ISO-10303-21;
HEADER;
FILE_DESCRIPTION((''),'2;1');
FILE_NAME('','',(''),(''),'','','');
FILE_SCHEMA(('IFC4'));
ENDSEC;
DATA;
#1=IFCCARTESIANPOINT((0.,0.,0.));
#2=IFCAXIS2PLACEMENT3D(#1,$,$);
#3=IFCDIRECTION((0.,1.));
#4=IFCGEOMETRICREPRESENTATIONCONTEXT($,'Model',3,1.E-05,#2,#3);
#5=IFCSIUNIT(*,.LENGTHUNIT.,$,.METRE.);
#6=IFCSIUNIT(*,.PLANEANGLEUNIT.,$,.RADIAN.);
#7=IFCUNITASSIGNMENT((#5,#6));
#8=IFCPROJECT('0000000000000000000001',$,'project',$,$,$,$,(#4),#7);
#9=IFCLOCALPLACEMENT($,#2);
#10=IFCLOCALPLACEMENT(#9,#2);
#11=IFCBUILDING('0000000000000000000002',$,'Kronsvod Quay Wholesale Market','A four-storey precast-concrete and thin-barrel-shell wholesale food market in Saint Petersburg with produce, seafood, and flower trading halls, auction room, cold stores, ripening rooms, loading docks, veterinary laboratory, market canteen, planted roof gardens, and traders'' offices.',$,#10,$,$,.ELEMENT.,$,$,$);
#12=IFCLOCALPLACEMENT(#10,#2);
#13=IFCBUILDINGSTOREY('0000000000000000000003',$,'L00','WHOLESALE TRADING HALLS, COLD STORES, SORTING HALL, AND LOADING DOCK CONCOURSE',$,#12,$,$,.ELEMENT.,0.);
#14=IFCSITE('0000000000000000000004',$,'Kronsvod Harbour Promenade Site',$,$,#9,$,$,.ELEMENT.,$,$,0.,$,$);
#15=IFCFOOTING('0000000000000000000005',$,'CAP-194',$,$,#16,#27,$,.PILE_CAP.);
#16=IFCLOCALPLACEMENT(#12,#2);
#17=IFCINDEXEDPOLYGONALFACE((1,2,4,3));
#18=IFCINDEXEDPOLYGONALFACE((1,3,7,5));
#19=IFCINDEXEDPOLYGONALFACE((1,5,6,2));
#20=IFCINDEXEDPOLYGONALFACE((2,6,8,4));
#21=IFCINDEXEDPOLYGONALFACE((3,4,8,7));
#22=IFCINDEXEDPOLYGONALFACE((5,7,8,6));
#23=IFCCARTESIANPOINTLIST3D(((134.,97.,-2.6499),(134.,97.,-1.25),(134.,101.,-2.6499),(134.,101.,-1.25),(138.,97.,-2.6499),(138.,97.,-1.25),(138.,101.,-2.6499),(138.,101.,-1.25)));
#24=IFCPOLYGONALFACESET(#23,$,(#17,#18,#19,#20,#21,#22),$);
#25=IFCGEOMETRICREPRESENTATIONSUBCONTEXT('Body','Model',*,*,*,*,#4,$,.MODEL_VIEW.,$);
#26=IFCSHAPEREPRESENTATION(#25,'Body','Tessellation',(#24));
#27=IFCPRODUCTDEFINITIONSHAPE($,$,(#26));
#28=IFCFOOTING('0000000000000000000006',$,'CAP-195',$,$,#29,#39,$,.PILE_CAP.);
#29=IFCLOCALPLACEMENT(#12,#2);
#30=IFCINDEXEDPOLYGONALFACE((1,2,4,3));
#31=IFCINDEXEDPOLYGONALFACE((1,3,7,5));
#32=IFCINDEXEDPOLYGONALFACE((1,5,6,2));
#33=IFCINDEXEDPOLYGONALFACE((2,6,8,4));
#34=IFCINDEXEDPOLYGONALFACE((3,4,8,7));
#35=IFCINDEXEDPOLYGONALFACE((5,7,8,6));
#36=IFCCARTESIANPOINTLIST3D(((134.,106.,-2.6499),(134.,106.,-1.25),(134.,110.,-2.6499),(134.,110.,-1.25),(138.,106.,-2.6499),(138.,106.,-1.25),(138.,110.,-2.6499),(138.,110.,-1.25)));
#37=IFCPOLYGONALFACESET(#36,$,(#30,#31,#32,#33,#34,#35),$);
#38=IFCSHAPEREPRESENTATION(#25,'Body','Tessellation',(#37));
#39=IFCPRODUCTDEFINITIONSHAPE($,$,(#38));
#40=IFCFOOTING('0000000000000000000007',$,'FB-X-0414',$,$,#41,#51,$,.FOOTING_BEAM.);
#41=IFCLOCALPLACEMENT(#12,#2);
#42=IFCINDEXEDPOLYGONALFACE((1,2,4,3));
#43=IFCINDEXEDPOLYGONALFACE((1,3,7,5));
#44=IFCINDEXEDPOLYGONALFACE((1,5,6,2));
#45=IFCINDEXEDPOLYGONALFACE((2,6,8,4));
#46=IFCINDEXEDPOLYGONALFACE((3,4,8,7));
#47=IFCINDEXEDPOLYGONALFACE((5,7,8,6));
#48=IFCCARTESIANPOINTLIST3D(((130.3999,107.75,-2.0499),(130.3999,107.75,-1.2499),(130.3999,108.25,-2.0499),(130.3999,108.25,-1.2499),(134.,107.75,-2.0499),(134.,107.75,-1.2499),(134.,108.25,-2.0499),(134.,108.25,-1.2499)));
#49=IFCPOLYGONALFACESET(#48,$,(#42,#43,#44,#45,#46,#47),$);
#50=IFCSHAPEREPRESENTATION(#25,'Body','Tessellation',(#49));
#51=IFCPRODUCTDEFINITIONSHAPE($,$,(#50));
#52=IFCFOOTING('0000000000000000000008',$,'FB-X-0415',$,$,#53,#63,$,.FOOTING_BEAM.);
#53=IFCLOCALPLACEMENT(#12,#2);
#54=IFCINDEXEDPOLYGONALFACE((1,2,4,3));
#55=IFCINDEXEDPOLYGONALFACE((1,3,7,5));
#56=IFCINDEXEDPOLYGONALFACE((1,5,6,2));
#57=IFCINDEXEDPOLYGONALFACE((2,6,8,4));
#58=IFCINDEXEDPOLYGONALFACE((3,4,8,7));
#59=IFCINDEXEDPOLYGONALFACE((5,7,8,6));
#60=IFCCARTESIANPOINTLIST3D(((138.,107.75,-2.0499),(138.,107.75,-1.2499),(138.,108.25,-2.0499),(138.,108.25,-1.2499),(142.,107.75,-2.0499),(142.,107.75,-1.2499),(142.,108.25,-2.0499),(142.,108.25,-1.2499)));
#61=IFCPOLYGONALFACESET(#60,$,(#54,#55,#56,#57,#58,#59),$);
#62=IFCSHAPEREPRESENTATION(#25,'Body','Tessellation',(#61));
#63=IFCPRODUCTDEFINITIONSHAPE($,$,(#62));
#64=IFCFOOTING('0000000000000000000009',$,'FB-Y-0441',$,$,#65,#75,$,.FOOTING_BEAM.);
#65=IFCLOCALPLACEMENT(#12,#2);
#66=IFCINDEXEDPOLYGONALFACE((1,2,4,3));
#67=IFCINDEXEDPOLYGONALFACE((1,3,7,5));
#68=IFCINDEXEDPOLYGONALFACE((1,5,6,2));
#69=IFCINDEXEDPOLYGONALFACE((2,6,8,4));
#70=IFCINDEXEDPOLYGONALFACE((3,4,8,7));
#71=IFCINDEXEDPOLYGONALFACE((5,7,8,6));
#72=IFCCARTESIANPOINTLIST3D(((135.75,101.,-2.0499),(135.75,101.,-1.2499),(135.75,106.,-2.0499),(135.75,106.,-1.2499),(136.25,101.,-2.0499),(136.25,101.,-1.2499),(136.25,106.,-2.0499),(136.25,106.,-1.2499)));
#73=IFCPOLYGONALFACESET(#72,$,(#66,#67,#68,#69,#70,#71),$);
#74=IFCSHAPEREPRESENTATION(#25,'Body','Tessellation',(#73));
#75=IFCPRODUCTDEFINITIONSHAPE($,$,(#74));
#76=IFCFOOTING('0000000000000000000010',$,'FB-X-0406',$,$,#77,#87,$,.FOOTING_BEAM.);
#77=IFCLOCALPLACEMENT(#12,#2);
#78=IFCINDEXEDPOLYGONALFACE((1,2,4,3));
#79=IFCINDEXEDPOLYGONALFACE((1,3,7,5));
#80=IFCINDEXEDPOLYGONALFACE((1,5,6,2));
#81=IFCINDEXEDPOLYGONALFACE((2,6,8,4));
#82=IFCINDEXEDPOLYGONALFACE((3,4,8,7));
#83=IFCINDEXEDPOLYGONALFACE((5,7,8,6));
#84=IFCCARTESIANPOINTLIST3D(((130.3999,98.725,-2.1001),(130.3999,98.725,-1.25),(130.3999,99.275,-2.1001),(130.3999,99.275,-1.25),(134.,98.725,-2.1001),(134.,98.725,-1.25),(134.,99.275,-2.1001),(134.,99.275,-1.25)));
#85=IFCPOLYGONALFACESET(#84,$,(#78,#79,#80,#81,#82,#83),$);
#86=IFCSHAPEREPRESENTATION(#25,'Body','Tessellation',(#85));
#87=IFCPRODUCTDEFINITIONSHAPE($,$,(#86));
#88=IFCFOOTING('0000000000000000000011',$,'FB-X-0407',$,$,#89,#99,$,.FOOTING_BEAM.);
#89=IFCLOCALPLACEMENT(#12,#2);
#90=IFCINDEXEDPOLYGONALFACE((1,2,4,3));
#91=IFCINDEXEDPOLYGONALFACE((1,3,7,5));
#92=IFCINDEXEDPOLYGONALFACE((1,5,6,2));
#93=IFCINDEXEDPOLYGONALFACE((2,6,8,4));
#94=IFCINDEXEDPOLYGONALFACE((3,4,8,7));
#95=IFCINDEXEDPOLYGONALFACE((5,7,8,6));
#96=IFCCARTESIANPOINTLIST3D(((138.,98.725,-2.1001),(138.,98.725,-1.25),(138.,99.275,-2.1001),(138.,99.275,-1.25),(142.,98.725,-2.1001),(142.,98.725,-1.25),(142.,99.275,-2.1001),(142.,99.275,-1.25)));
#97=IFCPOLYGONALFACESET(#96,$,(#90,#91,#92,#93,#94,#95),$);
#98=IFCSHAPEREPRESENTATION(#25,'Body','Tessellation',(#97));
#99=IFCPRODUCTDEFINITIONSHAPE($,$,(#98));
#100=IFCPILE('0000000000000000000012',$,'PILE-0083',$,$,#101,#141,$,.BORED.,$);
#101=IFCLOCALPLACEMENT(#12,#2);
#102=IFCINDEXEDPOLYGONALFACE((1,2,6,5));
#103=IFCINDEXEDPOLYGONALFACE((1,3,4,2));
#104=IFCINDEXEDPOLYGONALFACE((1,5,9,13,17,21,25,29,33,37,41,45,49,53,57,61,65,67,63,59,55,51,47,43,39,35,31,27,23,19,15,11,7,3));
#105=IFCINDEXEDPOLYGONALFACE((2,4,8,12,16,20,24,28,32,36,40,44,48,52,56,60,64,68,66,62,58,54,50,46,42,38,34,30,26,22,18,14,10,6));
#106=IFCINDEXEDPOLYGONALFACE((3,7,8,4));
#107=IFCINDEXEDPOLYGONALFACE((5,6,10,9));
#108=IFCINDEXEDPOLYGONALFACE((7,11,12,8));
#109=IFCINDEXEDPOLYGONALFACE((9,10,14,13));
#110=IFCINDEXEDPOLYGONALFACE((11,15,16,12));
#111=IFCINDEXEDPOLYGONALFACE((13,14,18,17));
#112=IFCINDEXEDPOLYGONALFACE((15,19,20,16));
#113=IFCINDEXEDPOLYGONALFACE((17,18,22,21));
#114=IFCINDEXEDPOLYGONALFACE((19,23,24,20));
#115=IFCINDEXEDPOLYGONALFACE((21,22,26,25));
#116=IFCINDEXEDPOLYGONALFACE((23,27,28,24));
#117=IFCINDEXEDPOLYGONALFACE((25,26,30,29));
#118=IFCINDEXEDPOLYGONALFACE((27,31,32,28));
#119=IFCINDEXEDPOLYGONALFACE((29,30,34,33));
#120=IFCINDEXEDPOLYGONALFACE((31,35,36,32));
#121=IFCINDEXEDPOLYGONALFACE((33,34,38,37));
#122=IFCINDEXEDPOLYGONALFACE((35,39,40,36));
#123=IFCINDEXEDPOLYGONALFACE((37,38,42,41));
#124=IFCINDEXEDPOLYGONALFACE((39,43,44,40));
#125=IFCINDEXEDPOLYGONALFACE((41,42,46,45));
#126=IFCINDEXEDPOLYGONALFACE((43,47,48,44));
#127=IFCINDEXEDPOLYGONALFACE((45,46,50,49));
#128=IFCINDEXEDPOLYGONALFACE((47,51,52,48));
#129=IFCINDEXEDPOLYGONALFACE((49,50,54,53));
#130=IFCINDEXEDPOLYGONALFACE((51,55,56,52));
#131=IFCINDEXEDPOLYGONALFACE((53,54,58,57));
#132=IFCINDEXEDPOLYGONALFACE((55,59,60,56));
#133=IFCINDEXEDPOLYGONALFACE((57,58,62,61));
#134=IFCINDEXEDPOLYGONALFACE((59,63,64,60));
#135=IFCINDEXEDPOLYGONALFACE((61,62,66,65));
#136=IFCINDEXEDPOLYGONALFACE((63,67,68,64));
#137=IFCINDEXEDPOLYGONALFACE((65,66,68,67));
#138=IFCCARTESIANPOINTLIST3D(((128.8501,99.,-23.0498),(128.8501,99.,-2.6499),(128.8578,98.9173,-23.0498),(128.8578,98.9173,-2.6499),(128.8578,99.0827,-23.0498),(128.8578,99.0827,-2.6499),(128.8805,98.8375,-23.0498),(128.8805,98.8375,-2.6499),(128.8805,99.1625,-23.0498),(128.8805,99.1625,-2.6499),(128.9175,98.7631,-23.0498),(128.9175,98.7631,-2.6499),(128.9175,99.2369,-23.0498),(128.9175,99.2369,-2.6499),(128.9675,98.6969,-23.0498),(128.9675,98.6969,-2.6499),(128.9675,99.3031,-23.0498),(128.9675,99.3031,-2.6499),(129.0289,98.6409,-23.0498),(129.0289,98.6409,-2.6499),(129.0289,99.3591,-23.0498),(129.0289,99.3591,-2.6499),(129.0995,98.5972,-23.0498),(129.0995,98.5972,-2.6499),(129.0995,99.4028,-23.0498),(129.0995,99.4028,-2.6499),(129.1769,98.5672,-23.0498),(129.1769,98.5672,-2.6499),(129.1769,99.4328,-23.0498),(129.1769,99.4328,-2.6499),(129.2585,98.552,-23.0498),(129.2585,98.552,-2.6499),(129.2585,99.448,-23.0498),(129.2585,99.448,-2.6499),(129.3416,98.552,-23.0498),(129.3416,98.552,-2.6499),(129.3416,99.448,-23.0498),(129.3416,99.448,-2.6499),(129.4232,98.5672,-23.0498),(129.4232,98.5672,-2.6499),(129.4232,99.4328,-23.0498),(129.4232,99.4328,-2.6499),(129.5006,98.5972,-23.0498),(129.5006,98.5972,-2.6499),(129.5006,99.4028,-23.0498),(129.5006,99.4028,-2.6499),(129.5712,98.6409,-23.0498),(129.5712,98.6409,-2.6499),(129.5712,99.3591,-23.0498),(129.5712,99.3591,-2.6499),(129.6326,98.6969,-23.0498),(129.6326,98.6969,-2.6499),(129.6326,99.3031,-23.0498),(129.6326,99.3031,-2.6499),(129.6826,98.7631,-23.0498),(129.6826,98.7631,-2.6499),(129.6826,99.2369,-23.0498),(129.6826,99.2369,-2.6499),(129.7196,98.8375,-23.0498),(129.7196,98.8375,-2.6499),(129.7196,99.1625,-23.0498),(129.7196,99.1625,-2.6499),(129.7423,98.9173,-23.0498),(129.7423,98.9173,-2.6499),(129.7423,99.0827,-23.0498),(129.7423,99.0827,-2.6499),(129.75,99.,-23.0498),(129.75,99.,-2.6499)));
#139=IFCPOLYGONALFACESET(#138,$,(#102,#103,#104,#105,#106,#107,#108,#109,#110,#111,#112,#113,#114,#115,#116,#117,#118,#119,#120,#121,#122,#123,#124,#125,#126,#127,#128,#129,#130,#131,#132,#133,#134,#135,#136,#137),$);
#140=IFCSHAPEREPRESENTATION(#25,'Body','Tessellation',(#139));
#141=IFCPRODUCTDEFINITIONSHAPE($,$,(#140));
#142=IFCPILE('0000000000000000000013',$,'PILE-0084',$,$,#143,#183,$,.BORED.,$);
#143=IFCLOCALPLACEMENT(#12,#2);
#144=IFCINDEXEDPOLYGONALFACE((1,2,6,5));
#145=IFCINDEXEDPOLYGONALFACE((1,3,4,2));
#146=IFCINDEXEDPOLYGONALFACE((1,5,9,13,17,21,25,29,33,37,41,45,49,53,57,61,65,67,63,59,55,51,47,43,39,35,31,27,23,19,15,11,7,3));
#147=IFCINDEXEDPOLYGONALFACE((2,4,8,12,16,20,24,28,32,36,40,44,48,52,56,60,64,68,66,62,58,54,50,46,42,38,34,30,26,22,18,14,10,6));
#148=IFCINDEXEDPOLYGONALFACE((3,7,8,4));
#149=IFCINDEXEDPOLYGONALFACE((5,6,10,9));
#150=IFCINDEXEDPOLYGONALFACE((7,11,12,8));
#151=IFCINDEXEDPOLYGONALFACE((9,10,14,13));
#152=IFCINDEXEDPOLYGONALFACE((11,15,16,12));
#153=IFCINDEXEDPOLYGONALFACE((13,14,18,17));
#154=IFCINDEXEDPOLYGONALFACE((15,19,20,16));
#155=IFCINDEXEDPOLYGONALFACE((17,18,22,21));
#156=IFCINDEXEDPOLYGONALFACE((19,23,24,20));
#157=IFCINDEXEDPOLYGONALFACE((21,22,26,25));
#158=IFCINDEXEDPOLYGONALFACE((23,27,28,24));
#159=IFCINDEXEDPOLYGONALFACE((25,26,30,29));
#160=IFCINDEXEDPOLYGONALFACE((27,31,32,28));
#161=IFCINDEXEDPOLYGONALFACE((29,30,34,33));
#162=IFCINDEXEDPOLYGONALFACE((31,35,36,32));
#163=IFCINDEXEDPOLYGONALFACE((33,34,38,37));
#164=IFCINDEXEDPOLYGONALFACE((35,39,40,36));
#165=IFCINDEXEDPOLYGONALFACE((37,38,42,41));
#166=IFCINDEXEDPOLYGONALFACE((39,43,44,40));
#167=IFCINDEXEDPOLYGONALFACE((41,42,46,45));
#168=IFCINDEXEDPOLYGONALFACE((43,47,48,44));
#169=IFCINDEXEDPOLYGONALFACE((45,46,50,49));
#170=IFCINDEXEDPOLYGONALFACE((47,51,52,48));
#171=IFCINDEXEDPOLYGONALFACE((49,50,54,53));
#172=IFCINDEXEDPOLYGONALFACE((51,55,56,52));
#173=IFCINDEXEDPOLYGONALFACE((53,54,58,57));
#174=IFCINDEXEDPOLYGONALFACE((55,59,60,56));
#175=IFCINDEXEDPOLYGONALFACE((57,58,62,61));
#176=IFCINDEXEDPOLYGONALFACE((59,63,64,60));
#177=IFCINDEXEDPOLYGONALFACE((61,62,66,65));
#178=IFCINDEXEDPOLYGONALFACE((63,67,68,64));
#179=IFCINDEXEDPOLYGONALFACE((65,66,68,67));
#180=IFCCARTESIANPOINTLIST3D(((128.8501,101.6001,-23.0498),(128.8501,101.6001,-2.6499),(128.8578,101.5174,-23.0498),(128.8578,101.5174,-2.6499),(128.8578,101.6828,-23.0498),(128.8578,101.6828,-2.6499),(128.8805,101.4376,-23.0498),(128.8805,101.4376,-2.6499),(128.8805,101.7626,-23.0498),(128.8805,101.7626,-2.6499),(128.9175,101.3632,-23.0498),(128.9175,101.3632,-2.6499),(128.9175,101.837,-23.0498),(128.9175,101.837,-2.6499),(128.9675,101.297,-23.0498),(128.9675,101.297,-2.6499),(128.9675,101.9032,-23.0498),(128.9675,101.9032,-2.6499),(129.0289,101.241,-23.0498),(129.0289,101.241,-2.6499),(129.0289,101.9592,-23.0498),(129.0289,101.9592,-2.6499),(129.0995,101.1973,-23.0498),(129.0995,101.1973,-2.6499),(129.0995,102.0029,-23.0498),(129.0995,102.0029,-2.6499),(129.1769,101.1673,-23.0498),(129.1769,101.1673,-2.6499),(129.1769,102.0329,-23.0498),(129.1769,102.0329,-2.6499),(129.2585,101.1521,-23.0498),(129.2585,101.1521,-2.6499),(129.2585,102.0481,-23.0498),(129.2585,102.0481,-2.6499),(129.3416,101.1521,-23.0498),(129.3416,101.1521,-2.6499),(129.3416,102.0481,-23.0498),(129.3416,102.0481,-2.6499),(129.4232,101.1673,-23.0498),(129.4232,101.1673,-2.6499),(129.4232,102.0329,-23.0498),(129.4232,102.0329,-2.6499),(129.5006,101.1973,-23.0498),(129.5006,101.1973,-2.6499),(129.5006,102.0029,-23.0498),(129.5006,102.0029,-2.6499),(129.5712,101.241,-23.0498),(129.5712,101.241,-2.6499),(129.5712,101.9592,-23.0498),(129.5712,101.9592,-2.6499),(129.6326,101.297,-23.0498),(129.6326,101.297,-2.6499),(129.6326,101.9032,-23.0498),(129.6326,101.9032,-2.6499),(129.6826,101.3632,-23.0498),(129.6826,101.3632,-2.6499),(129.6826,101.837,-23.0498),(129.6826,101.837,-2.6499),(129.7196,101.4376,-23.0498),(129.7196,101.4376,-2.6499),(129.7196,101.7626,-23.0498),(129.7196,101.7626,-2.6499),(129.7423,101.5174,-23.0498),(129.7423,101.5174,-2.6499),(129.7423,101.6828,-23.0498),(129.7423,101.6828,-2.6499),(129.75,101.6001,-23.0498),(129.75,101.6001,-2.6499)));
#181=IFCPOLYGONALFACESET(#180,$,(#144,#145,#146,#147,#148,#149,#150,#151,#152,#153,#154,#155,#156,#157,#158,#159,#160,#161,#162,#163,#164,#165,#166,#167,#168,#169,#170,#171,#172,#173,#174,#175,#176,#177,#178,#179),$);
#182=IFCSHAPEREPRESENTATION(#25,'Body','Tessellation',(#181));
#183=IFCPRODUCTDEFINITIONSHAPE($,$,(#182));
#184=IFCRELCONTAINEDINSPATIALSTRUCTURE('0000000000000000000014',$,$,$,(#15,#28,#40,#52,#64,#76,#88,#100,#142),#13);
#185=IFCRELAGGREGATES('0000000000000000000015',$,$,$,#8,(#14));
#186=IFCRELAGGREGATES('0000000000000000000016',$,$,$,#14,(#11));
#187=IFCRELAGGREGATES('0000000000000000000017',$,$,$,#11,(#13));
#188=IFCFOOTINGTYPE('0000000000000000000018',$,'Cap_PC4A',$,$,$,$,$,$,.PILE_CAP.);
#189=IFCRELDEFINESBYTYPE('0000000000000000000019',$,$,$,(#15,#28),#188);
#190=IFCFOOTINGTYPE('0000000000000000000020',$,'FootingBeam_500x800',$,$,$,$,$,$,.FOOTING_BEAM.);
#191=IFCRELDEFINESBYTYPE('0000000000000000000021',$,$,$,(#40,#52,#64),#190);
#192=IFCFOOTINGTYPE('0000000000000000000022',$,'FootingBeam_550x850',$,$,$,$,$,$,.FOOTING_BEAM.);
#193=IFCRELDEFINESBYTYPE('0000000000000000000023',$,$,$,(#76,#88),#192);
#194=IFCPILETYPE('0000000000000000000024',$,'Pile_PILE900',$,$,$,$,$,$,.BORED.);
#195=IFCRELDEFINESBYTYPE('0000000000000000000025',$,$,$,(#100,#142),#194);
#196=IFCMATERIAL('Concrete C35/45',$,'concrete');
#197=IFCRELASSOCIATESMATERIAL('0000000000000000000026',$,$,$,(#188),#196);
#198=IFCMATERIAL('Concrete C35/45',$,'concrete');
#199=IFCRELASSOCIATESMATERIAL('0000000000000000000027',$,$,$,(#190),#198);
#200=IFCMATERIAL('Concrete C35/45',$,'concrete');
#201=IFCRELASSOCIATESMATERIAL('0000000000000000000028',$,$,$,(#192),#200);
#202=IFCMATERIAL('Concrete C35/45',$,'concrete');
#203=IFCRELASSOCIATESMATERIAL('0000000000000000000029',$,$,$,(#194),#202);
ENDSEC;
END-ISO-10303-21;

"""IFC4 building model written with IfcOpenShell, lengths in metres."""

from ifc_helpers import new_model, si_unit, direction, frame, origin, origin_2d, place, context, subcontext, project, spatial, rectangle, circle, extrude, material, material_profile, profile_set, type_object, element, save


model = new_model("IFC4")

# Units and contexts
model_context = context("Model", 3, precision=1e-05, world=origin(), true_north=direction((0.0, 1.0)))
body_context = subcontext(model_context, "Body", "Model", "MODEL_VIEW")
ifc_project = project(units=[si_unit("LENGTHUNIT", "METRE"), si_unit("PLANEANGLEUNIT", "RADIAN")], contexts=[model_context])

# Site, building, storey
site_placement = place(None, origin())
site = spatial("IfcSite", under=ifc_project, at=site_placement, Name="Kronsvod Harbour Promenade Site", CompositionType="ELEMENT", RefElevation=0.0)
building_placement = place(site_placement, origin())
building = spatial("IfcBuilding", under=site, at=building_placement, Name="Kronsvod Quay Wholesale Market", Description="A four-storey precast-concrete and thin-barrel-shell wholesale food market in Saint Petersburg with produce, seafood, and flower trading halls, auction room, cold stores, ripening rooms, loading docks, veterinary laboratory, market canteen, planted roof gardens, and traders' offices.", CompositionType="ELEMENT")
storey_placement = place(building_placement, origin())
storey = spatial("IfcBuildingStorey", under=building, at=storey_placement, Name="L00", Description="WHOLESALE TRADING HALLS, COLD STORES, SORTING HALL, AND LOADING DOCK CONCOURSE", CompositionType="ELEMENT", Elevation=0.0)

# Footings
ifc_material_1 = material(Name="Concrete C35/45", Category="concrete")
footing_type_1 = type_object("IfcFootingType", Name="Cap_PC4A", PredefinedType="PILE_CAP", material=ifc_material_1)
for number, where, z_axis, x_axis, name in (
    (1, (136.0, 99.0, -2.6499), (0.0, 0.0, 1.0), (1.0, 0.0, 0.0), "CAP-194"),
    (2, (136.0, 108.0, -2.6499), (0.0, 0.0, 1.0), (1.0, 0.0, 0.0), "CAP-195"),
):
    element("IfcFooting", number, at=place(storey_placement, frame(where, z_axis=z_axis, x_axis=x_axis)), inside=storey, type_object=footing_type_1, Name=name, PredefinedType="PILE_CAP", context=body_context, shape_type="SweptSolid", body=[
        extrude(rectangle(XDim=4.0, YDim=4.0, at=origin_2d()), origin(), (0.0, 0.0, 1.0), 1.3999),
    ])
ifc_material_2 = material(Name="Concrete C35/45", Category="concrete")
ifc_material_profile_1 = material_profile(ifc_material_2, rectangle(XDim=0.5, YDim=0.8, at=origin_2d()), Name="FB-01")
ifc_profile_set_1 = profile_set([ifc_material_profile_1], Name="Concrete C35/45")
footing_type_2 = type_object("IfcFootingType", Name="FootingBeam_500x800", PredefinedType="FOOTING_BEAM", material=ifc_profile_set_1)
footing_1_placement = place(storey_placement, frame((130.3999, 108.0, -1.6499), z_axis=(1.0, 0.0, 0.0), x_axis=(0.0, 1.0, 0.0)))
element("IfcFooting", 3, at=footing_1_placement, inside=storey, type_object=footing_type_2, Name="FB-X-0414", PredefinedType="FOOTING_BEAM", context=body_context, shape_type="SweptSolid", body=[
    extrude(rectangle(XDim=0.5, YDim=0.8, at=origin_2d()), origin(), (0.0, 0.0, 1.0), 3.6001),
])
footing_2_placement = place(storey_placement, frame((138.0, 108.0, -1.6499), z_axis=(1.0, 0.0, 0.0), x_axis=(0.0, 1.0, 0.0)))
element("IfcFooting", 4, at=footing_2_placement, inside=storey, type_object=footing_type_2, Name="FB-X-0415", PredefinedType="FOOTING_BEAM", context=body_context, shape_type="SweptSolid", body=[
    extrude(rectangle(XDim=0.5, YDim=0.8, at=origin_2d()), origin(), (0.0, 0.0, 1.0), 4.0),
])
footing_3_placement = place(storey_placement, frame((136.0, 101.0, -1.6499), z_axis=(0.0, 1.0, 0.0), x_axis=(-1.0, 0.0, 0.0)))
element("IfcFooting", 5, at=footing_3_placement, inside=storey, type_object=footing_type_2, Name="FB-Y-0441", PredefinedType="FOOTING_BEAM", context=body_context, shape_type="SweptSolid", body=[
    extrude(rectangle(XDim=0.5, YDim=0.8, at=origin_2d()), origin(), (0.0, 0.0, 1.0), 5.0),
])
ifc_material_3 = material(Name="Concrete C35/45", Category="concrete")
ifc_material_profile_2 = material_profile(ifc_material_3, rectangle(XDim=0.55, YDim=0.8501, at=origin_2d()), Name="FB-03")
ifc_profile_set_2 = profile_set([ifc_material_profile_2], Name="Concrete C35/45")
footing_type_3 = type_object("IfcFootingType", Name="FootingBeam_550x850", PredefinedType="FOOTING_BEAM", material=ifc_profile_set_2)
footing_4_placement = place(storey_placement, frame((130.3999, 99.0, -1.675), z_axis=(1.0, 0.0, 0.0), x_axis=(0.0, 1.0, 0.0)))
element("IfcFooting", 6, at=footing_4_placement, inside=storey, type_object=footing_type_3, Name="FB-X-0406", PredefinedType="FOOTING_BEAM", context=body_context, shape_type="SweptSolid", body=[
    extrude(rectangle(XDim=0.55, YDim=0.8501, at=origin_2d()), origin(), (0.0, 0.0, 1.0), 3.6001),
])
footing_5_placement = place(storey_placement, frame((138.0, 99.0, -1.675), z_axis=(1.0, 0.0, 0.0), x_axis=(0.0, 1.0, 0.0)))
element("IfcFooting", 7, at=footing_5_placement, inside=storey, type_object=footing_type_3, Name="FB-X-0407", PredefinedType="FOOTING_BEAM", context=body_context, shape_type="SweptSolid", body=[
    extrude(rectangle(XDim=0.55, YDim=0.8501, at=origin_2d()), origin(), (0.0, 0.0, 1.0), 4.0),
])

# Piles
ifc_material_4 = material(Name="Concrete C35/45", Category="concrete")
ifc_material_profile_3 = material_profile(ifc_material_4, circle(Radius=0.45, at=origin_2d()), Name="PILE900")
ifc_profile_set_3 = profile_set([ifc_material_profile_3], Name="Concrete C35/45")
pile_type = type_object("IfcPileType", Name="Pile_PILE900", PredefinedType="BORED", material=ifc_profile_set_3)
for number, where, z_axis, x_axis, name in (
    (8, (129.3, 99.0, -2.6499), (0.0, 0.0, -1.0), (1.0, 0.0, 0.0), "PILE-0083"),
    (9, (129.3, 101.6001, -2.6499), (0.0, 0.0, -1.0), (1.0, 0.0, 0.0), "PILE-0084"),
):
    element("IfcPile", number, at=place(storey_placement, frame(where, z_axis=z_axis, x_axis=x_axis)), inside=storey, type_object=pile_type, Name=name, PredefinedType="BORED", context=body_context, shape_type="SweptSolid", body=[
        extrude(circle(Radius=0.45, at=origin_2d()), origin(), (0.0, 0.0, 1.0), 20.3999),
    ])

save(model, "model.ifc")
